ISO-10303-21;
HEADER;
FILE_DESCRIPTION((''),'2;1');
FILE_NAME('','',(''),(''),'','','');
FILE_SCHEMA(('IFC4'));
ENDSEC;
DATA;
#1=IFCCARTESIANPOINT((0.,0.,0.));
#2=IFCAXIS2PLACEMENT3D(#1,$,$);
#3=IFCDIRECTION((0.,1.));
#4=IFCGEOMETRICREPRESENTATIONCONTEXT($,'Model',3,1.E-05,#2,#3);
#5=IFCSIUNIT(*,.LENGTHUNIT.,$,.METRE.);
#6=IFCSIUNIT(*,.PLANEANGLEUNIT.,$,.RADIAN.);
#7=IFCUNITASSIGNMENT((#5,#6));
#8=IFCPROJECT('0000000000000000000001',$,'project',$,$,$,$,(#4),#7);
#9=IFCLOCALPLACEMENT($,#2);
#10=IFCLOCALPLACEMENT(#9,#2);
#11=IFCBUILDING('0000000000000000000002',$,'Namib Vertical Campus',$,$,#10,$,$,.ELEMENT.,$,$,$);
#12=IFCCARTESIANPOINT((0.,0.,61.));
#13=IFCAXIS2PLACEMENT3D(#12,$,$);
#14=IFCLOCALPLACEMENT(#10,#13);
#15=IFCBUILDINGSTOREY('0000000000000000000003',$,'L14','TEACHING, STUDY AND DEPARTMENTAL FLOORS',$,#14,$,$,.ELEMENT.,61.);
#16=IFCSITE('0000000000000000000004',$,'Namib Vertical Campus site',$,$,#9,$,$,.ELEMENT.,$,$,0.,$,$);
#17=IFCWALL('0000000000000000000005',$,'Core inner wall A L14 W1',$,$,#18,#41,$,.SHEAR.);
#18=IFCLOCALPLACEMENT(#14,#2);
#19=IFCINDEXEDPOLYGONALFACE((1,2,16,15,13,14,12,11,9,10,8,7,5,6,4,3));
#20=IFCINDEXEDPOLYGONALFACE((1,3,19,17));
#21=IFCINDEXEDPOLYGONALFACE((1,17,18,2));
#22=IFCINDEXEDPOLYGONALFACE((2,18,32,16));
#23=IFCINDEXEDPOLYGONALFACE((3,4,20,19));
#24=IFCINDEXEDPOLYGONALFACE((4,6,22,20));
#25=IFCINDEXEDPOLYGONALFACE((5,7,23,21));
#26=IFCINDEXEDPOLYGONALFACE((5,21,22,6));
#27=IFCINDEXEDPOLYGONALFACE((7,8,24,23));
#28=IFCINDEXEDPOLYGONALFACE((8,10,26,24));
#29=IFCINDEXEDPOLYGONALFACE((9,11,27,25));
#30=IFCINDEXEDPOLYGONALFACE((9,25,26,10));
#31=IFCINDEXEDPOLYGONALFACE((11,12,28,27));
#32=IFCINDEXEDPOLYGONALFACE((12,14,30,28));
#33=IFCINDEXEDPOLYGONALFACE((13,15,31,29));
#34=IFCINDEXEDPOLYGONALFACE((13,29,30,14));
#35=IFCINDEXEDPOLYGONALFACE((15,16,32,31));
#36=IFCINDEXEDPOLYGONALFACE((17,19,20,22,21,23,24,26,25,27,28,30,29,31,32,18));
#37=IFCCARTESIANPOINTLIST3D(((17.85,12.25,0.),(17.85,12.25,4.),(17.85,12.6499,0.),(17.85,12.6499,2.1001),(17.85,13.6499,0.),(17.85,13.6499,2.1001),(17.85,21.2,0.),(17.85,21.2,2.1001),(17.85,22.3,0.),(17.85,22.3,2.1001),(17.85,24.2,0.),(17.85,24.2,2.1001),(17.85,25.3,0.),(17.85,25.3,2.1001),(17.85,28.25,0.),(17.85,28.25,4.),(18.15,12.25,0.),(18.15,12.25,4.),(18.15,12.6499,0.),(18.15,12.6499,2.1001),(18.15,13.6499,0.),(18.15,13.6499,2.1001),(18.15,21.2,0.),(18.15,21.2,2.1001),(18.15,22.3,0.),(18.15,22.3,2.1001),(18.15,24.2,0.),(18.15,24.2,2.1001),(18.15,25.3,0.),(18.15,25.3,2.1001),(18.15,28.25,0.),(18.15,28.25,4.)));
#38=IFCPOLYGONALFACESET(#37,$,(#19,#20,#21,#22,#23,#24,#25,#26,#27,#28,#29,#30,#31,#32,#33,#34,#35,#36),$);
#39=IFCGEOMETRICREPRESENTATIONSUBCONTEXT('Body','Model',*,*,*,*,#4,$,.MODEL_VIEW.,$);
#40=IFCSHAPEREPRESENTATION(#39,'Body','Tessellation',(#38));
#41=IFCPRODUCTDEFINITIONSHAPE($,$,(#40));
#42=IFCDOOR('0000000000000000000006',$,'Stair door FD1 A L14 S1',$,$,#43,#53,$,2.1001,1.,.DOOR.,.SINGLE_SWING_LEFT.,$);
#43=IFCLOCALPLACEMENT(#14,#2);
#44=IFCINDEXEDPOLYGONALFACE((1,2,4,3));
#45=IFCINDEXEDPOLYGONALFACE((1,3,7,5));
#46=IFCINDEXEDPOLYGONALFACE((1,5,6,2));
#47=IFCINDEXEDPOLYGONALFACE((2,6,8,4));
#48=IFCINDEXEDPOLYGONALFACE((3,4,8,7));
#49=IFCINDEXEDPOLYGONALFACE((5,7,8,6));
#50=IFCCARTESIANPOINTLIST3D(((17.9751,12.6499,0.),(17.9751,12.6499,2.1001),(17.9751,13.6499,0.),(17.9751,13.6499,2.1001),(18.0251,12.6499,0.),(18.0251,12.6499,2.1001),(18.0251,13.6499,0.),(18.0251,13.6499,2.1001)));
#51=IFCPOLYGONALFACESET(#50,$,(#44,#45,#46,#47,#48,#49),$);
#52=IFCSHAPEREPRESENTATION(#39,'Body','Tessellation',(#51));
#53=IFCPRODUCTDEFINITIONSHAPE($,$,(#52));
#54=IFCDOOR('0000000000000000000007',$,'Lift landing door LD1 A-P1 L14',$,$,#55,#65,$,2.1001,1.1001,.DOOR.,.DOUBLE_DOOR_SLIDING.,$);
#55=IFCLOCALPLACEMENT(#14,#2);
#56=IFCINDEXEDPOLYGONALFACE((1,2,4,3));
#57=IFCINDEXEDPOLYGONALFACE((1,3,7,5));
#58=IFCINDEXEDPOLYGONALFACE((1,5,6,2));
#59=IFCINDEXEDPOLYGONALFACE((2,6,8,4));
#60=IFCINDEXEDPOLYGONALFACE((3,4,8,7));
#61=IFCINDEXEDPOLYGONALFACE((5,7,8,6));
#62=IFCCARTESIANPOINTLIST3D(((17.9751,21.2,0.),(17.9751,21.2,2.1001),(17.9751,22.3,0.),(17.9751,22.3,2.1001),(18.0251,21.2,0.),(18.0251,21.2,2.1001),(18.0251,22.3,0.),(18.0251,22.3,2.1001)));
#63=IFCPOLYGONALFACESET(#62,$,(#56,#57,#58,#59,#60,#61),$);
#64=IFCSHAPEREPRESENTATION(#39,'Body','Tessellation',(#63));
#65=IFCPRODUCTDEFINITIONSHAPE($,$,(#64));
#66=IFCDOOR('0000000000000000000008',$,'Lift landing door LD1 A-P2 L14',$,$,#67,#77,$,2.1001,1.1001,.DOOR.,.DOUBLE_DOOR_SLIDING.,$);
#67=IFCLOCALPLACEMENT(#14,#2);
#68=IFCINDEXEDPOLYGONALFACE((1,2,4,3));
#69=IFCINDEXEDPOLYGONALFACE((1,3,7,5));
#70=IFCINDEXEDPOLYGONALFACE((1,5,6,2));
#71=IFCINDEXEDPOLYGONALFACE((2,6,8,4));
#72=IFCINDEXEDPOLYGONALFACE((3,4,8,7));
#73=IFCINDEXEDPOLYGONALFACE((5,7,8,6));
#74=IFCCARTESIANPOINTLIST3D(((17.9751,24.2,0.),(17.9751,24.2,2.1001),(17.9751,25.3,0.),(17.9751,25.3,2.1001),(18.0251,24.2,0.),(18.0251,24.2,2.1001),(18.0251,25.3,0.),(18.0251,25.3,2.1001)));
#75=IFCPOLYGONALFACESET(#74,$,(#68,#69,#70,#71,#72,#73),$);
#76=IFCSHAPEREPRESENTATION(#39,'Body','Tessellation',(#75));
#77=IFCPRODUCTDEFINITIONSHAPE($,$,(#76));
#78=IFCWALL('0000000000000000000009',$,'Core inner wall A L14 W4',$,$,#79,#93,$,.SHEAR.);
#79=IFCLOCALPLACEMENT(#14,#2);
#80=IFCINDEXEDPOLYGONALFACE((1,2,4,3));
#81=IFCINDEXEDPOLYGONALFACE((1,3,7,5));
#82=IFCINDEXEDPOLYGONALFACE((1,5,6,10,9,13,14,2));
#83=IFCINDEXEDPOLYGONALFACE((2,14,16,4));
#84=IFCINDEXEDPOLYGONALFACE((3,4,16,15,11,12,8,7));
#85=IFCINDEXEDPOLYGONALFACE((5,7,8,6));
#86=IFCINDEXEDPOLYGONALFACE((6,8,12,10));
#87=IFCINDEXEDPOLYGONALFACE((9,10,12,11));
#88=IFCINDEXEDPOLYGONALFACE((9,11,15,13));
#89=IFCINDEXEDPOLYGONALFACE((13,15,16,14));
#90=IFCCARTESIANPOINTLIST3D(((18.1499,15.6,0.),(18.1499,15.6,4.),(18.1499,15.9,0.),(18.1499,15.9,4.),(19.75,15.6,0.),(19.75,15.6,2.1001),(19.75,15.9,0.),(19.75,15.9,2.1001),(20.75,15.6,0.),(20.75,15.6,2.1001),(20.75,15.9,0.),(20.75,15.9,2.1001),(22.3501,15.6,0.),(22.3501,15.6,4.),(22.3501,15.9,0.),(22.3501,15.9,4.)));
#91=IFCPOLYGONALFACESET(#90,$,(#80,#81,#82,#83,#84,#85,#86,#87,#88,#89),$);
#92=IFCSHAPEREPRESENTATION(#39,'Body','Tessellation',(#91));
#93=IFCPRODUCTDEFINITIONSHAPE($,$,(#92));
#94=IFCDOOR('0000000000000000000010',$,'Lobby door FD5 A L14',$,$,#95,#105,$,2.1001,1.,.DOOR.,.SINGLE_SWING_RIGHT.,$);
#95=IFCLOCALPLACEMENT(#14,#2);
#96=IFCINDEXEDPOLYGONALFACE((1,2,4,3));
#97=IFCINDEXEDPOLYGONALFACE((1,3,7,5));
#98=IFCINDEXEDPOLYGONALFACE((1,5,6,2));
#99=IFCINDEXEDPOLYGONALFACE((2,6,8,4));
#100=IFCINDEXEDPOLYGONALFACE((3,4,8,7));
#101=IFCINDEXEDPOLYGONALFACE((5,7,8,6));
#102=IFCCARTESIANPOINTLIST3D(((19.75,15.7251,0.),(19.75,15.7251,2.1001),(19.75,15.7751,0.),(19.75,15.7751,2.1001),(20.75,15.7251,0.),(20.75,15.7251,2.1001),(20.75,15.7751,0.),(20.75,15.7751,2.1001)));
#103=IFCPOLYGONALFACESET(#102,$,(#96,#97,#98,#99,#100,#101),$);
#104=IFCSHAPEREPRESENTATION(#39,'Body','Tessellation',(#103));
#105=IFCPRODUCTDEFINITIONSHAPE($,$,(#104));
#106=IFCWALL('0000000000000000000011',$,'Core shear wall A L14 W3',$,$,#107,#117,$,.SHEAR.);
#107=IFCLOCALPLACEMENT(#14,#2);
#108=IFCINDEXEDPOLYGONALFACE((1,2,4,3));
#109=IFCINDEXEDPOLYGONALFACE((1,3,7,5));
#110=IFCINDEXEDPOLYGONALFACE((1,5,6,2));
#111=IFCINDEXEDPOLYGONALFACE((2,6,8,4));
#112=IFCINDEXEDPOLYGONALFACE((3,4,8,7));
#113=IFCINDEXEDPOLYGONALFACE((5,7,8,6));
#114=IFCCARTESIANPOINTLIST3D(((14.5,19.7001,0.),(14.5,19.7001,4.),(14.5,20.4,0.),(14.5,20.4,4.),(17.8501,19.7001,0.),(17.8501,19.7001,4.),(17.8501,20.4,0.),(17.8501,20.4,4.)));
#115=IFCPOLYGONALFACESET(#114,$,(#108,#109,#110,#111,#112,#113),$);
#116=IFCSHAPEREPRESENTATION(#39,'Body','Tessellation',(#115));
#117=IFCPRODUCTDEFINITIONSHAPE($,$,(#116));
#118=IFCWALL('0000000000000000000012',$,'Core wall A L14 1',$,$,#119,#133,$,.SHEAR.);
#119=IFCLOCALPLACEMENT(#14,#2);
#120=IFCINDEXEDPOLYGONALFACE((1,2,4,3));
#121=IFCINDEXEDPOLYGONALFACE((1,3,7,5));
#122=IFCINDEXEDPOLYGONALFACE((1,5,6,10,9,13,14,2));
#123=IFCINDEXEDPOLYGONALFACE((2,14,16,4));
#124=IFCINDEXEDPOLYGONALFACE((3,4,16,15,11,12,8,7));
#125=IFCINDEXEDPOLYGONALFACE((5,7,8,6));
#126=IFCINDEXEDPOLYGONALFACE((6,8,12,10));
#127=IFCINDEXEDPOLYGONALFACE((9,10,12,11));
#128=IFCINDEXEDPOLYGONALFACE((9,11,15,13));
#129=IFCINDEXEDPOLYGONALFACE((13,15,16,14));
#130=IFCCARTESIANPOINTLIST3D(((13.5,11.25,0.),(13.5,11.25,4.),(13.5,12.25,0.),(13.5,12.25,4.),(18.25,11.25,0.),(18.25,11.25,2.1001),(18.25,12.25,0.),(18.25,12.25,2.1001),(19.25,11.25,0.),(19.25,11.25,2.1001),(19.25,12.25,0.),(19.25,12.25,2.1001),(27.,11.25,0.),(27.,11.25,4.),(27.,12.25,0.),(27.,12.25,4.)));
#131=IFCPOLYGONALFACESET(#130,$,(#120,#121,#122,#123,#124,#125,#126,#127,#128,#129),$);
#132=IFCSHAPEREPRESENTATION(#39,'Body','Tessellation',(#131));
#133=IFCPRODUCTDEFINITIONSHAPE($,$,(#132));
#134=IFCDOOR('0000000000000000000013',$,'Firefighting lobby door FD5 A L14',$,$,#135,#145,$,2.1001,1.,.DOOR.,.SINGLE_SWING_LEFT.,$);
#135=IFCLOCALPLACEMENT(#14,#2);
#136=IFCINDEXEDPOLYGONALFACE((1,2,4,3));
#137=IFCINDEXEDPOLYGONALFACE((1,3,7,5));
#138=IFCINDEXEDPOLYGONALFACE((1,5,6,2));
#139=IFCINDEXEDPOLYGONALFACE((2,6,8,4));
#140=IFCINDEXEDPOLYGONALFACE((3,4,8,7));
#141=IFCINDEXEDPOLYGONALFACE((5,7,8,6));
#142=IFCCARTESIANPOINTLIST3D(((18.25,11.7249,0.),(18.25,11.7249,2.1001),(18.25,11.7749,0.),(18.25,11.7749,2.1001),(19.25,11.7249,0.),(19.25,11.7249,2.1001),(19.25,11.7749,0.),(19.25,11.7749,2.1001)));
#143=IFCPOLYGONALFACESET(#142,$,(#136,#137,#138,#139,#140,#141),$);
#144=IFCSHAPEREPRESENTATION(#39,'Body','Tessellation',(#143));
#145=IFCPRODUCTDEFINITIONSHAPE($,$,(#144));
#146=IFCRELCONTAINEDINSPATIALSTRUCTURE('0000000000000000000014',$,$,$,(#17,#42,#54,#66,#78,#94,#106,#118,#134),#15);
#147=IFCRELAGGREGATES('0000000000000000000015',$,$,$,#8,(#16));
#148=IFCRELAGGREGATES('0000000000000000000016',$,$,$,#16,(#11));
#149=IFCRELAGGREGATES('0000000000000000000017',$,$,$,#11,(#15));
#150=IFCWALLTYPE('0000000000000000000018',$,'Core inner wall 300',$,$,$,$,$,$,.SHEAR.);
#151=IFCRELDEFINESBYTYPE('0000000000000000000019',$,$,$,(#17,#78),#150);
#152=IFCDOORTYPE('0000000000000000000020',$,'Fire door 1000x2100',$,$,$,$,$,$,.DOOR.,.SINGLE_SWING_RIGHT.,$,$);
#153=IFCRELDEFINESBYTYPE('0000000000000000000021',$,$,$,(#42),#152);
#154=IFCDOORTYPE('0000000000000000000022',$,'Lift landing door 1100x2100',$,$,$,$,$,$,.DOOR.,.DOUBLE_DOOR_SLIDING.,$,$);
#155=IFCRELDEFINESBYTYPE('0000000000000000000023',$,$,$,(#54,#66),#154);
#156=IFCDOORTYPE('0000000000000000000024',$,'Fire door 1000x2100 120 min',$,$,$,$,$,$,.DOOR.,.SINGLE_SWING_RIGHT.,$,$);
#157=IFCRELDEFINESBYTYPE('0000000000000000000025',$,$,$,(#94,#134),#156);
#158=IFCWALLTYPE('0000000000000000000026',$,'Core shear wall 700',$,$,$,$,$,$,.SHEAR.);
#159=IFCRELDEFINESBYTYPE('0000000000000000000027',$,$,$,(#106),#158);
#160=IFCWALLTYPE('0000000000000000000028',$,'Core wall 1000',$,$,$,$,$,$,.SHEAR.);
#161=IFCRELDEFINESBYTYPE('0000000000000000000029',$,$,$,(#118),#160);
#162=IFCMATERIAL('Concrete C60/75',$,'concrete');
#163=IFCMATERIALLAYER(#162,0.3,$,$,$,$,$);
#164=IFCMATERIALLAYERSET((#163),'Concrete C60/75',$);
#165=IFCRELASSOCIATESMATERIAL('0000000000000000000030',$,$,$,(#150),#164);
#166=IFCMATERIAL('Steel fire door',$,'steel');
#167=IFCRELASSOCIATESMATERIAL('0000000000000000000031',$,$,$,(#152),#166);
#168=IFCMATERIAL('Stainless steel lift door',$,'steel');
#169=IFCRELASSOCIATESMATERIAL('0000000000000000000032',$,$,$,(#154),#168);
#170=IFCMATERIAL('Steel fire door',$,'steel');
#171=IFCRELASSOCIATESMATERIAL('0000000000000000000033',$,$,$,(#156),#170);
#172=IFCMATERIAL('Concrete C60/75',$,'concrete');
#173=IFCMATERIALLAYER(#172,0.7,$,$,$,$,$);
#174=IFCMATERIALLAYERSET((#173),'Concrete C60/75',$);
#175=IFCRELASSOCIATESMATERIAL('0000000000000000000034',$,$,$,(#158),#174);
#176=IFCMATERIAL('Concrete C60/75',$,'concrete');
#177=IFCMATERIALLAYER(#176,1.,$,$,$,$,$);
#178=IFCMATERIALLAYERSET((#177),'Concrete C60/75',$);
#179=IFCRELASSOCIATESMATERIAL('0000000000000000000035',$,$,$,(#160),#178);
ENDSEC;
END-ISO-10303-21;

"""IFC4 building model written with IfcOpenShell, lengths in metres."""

from ifc_helpers import new_model, si_unit, direction, frame, frame_2d, origin, place, context, subcontext, project, spatial, rectangle, extrude, material, layer, layer_set, type_object, element, fill, save


model = new_model("IFC4")

# Units and contexts
model_context = context("Model", 3, precision=1e-05, world=origin(), true_north=direction((0.0, 1.0)))
body_context = subcontext(model_context, "Body", "Model", "MODEL_VIEW")
ifc_project = project(units=[si_unit("LENGTHUNIT", "METRE"), si_unit("PLANEANGLEUNIT", "RADIAN")], contexts=[model_context])

# Site, building, storey
site_placement = place(None, origin())
site = spatial("IfcSite", under=ifc_project, at=site_placement, Name="Namib Vertical Campus site", CompositionType="ELEMENT", RefElevation=0.0)
building_placement = place(site_placement, origin())
building = spatial("IfcBuilding", under=site, at=building_placement, Name="Namib Vertical Campus", CompositionType="ELEMENT")
storey_placement = place(building_placement, frame((0.0, 0.0, 61.0)))
storey = spatial("IfcBuildingStorey", under=building, at=storey_placement, Name="L14", Description="TEACHING, STUDY AND DEPARTMENTAL FLOORS", CompositionType="ELEMENT", Elevation=61.0)

# Wall, openings, doors
ifc_material_1 = material(Name="Concrete C60/75", Category="concrete")
ifc_layer_1 = layer(ifc_material_1, 0.3)
ifc_layer_set_1 = layer_set([ifc_layer_1], Name="Concrete C60/75")
wall_type_1 = type_object("IfcWallType", Name="Core inner wall 300", PredefinedType="SHEAR", material=ifc_layer_set_1)
wall_1_placement = place(storey_placement, frame((18.0, 12.25, 0.0), z_axis=(0.0, 0.0, 1.0), x_axis=(0.0, 1.0, 0.0)))
wall_1 = element("IfcWall", 1, at=wall_1_placement, inside=storey, type_object=wall_type_1, Name="Core inner wall A L14 W1", PredefinedType="SHEAR", context=body_context, shape_type="SweptSolid", body=[
    extrude(rectangle(XDim=16.0, YDim=0.3, at=frame_2d((8.0, 0.0))), origin(), (0.0, 0.0, 1.0), 4.0),
])
opening_1_placement = place(wall_1_placement, frame((0.3999, 0.0, 0.0)))
opening_1 = element("IfcOpeningElement", 2, at=opening_1_placement, cuts=wall_1, PredefinedType="OPENING", context=body_context, shape_type="SweptSolid", body=[
    extrude(rectangle(XDim=1.0, YDim=2.1001, at=frame_2d((0.5, 1.05))), frame((0.0, 0.1599, 0.0), z_axis=(0.0, -1.0, 0.0), x_axis=(1.0, 0.0, 0.0)), (0.0, 0.0, 1.0), 0.3201),
])
opening_2_placement = place(wall_1_placement, frame((8.95, 0.0, 0.0)))
opening_2 = element("IfcOpeningElement", 3, at=opening_2_placement, cuts=wall_1, PredefinedType="OPENING", context=body_context, shape_type="SweptSolid", body=[
    extrude(rectangle(XDim=1.1001, YDim=2.1001, at=frame_2d((0.55, 1.05))), frame((0.0, 0.1599, 0.0), z_axis=(0.0, -1.0, 0.0), x_axis=(1.0, 0.0, 0.0)), (0.0, 0.0, 1.0), 0.3201),
])
opening_3_placement = place(wall_1_placement, frame((11.95, 0.0, 0.0)))
opening_3 = element("IfcOpeningElement", 4, at=opening_3_placement, cuts=wall_1, PredefinedType="OPENING", context=body_context, shape_type="SweptSolid", body=[
    extrude(rectangle(XDim=1.1001, YDim=2.1001, at=frame_2d((0.55, 1.05))), frame((0.0, 0.1599, 0.0), z_axis=(0.0, -1.0, 0.0), x_axis=(1.0, 0.0, 0.0)), (0.0, 0.0, 1.0), 0.3201),
])
ifc_material_2 = material(Name="Steel fire door", Category="steel")
door_type_1 = type_object("IfcDoorType", Name="Fire door 1000x2100", OperationType="SINGLE_SWING_RIGHT", PredefinedType="DOOR", material=ifc_material_2)
door_1_placement = place(opening_1_placement, origin())
door_1 = element("IfcDoor", 5, at=door_1_placement, inside=storey, type_object=door_type_1, Name="Stair door FD1 A L14 S1", OperationType="SINGLE_SWING_LEFT", OverallHeight=2.1001, OverallWidth=1.0, PredefinedType="DOOR", context=body_context, shape_type="SweptSolid", body=[
    extrude(rectangle(XDim=1.0, YDim=2.1001, at=frame_2d((0.5, 1.05))), frame((0.0, 0.0249, 0.0), z_axis=(0.0, -1.0, 0.0), x_axis=(1.0, 0.0, 0.0)), (0.0, 0.0, 1.0), 0.05),
])
fill(opening_1, door_1)
ifc_material_3 = material(Name="Stainless steel lift door", Category="steel")
door_type_2 = type_object("IfcDoorType", Name="Lift landing door 1100x2100", OperationType="DOUBLE_DOOR_SLIDING", PredefinedType="DOOR", material=ifc_material_3)
door_2_placement = place(opening_2_placement, origin())
door_2 = element("IfcDoor", 6, at=door_2_placement, inside=storey, type_object=door_type_2, Name="Lift landing door LD1 A-P1 L14", OperationType="DOUBLE_DOOR_SLIDING", OverallHeight=2.1001, OverallWidth=1.1001, PredefinedType="DOOR", context=body_context, shape_type="SweptSolid", body=[
    extrude(rectangle(XDim=1.1001, YDim=2.1001, at=frame_2d((0.55, 1.05))), frame((0.0, 0.0249, 0.0), z_axis=(0.0, -1.0, 0.0), x_axis=(1.0, 0.0, 0.0)), (0.0, 0.0, 1.0), 0.05),
])
fill(opening_2, door_2)
door_3_placement = place(opening_3_placement, origin())
door_3 = element("IfcDoor", 7, at=door_3_placement, inside=storey, type_object=door_type_2, Name="Lift landing door LD1 A-P2 L14", OperationType="DOUBLE_DOOR_SLIDING", OverallHeight=2.1001, OverallWidth=1.1001, PredefinedType="DOOR", context=body_context, shape_type="SweptSolid", body=[
    extrude(rectangle(XDim=1.1001, YDim=2.1001, at=frame_2d((0.55, 1.05))), frame((0.0, 0.0249, 0.0), z_axis=(0.0, -1.0, 0.0), x_axis=(1.0, 0.0, 0.0)), (0.0, 0.0, 1.0), 0.05),
])
fill(opening_3, door_3)

# Wall, opening, door
wall_2_placement = place(storey_placement, frame((18.1499, 15.75, 0.0), z_axis=(0.0, 0.0, 1.0), x_axis=(1.0, 0.0, 0.0)))
wall_2 = element("IfcWall", 8, at=wall_2_placement, inside=storey, type_object=wall_type_1, Name="Core inner wall A L14 W4", PredefinedType="SHEAR", context=body_context, shape_type="SweptSolid", body=[
    extrude(rectangle(XDim=4.2002, YDim=0.3, at=frame_2d((2.1001, 0.0))), origin(), (0.0, 0.0, 1.0), 4.0),
])
opening_4_placement = place(wall_2_placement, frame((1.6001, 0.0, 0.0)))
opening_4 = element("IfcOpeningElement", 9, at=opening_4_placement, cuts=wall_2, PredefinedType="OPENING", context=body_context, shape_type="SweptSolid", body=[
    extrude(rectangle(XDim=1.0, YDim=2.1001, at=frame_2d((0.5, 1.05))), frame((0.0, 0.1599, 0.0), z_axis=(0.0, -1.0, 0.0), x_axis=(1.0, 0.0, 0.0)), (0.0, 0.0, 1.0), 0.3201),
])
ifc_material_4 = material(Name="Steel fire door", Category="steel")
door_type_3 = type_object("IfcDoorType", Name="Fire door 1000x2100 120 min", OperationType="SINGLE_SWING_RIGHT", PredefinedType="DOOR", material=ifc_material_4)
door_4_placement = place(opening_4_placement, frame((1.0, 0.0, 0.0), z_axis=(0.0, 0.0, 1.0), x_axis=(-1.0, 0.0, 0.0)))
door_4 = element("IfcDoor", 10, at=door_4_placement, inside=storey, type_object=door_type_3, Name="Lobby door FD5 A L14", OperationType="SINGLE_SWING_RIGHT", OverallHeight=2.1001, OverallWidth=1.0, PredefinedType="DOOR", context=body_context, shape_type="SweptSolid", body=[
    extrude(rectangle(XDim=1.0, YDim=2.1001, at=frame_2d((0.5, 1.05))), frame((0.0, 0.0249, 0.0), z_axis=(0.0, -1.0, 0.0), x_axis=(1.0, 0.0, 0.0)), (0.0, 0.0, 1.0), 0.05),
])
fill(opening_4, door_4)

# Wall
ifc_material_5 = material(Name="Concrete C60/75", Category="concrete")
ifc_layer_2 = layer(ifc_material_5, 0.7)
ifc_layer_set_2 = layer_set([ifc_layer_2], Name="Concrete C60/75")
wall_type_2 = type_object("IfcWallType", Name="Core shear wall 700", PredefinedType="SHEAR", material=ifc_layer_set_2)
wall_3_placement = place(storey_placement, frame((14.5, 20.05, 0.0), z_axis=(0.0, 0.0, 1.0), x_axis=(1.0, 0.0, 0.0)))
element("IfcWall", 11, at=wall_3_placement, inside=storey, type_object=wall_type_2, Name="Core shear wall A L14 W3", PredefinedType="SHEAR", context=body_context, shape_type="SweptSolid", body=[
    extrude(rectangle(XDim=3.3501, YDim=0.7, at=frame_2d((1.675, 0.0))), origin(), (0.0, 0.0, 1.0), 4.0),
])

# Wall, opening, door
ifc_material_6 = material(Name="Concrete C60/75", Category="concrete")
ifc_layer_3 = layer(ifc_material_6, 1.0)
ifc_layer_set_3 = layer_set([ifc_layer_3], Name="Concrete C60/75")
wall_type_3 = type_object("IfcWallType", Name="Core wall 1000", PredefinedType="SHEAR", material=ifc_layer_set_3)
wall_4_placement = place(storey_placement, frame((13.5, 11.75, 0.0), z_axis=(0.0, 0.0, 1.0), x_axis=(1.0, 0.0, 0.0)))
wall_4 = element("IfcWall", 12, at=wall_4_placement, inside=storey, type_object=wall_type_3, Name="Core wall A L14 1", PredefinedType="SHEAR", context=body_context, shape_type="SweptSolid", body=[
    extrude(rectangle(XDim=13.5, YDim=1.0, at=frame_2d((6.75, 0.0))), origin(), (0.0, 0.0, 1.0), 4.0),
])
opening_5_placement = place(wall_4_placement, frame((4.75, 0.0, 0.0)))
opening_5 = element("IfcOpeningElement", 13, at=opening_5_placement, cuts=wall_4, PredefinedType="OPENING", context=body_context, shape_type="SweptSolid", body=[
    extrude(rectangle(XDim=1.0, YDim=2.1001, at=frame_2d((0.5, 1.05))), frame((0.0, 0.51, 0.0), z_axis=(0.0, -1.0, 0.0), x_axis=(1.0, 0.0, 0.0)), (0.0, 0.0, 1.0), 1.02),
])
door_5_placement = place(opening_5_placement, origin())
door_5 = element("IfcDoor", 14, at=door_5_placement, inside=storey, type_object=door_type_3, Name="Firefighting lobby door FD5 A L14", OperationType="SINGLE_SWING_LEFT", OverallHeight=2.1001, OverallWidth=1.0, PredefinedType="DOOR", context=body_context, shape_type="SweptSolid", body=[
    extrude(rectangle(XDim=1.0, YDim=2.1001, at=frame_2d((0.5, 1.05))), frame((0.0, 0.0249, 0.0), z_axis=(0.0, -1.0, 0.0), x_axis=(1.0, 0.0, 0.0)), (0.0, 0.0, 1.0), 0.05),
])
fill(opening_5, door_5)

save(model, "model.ifc")
